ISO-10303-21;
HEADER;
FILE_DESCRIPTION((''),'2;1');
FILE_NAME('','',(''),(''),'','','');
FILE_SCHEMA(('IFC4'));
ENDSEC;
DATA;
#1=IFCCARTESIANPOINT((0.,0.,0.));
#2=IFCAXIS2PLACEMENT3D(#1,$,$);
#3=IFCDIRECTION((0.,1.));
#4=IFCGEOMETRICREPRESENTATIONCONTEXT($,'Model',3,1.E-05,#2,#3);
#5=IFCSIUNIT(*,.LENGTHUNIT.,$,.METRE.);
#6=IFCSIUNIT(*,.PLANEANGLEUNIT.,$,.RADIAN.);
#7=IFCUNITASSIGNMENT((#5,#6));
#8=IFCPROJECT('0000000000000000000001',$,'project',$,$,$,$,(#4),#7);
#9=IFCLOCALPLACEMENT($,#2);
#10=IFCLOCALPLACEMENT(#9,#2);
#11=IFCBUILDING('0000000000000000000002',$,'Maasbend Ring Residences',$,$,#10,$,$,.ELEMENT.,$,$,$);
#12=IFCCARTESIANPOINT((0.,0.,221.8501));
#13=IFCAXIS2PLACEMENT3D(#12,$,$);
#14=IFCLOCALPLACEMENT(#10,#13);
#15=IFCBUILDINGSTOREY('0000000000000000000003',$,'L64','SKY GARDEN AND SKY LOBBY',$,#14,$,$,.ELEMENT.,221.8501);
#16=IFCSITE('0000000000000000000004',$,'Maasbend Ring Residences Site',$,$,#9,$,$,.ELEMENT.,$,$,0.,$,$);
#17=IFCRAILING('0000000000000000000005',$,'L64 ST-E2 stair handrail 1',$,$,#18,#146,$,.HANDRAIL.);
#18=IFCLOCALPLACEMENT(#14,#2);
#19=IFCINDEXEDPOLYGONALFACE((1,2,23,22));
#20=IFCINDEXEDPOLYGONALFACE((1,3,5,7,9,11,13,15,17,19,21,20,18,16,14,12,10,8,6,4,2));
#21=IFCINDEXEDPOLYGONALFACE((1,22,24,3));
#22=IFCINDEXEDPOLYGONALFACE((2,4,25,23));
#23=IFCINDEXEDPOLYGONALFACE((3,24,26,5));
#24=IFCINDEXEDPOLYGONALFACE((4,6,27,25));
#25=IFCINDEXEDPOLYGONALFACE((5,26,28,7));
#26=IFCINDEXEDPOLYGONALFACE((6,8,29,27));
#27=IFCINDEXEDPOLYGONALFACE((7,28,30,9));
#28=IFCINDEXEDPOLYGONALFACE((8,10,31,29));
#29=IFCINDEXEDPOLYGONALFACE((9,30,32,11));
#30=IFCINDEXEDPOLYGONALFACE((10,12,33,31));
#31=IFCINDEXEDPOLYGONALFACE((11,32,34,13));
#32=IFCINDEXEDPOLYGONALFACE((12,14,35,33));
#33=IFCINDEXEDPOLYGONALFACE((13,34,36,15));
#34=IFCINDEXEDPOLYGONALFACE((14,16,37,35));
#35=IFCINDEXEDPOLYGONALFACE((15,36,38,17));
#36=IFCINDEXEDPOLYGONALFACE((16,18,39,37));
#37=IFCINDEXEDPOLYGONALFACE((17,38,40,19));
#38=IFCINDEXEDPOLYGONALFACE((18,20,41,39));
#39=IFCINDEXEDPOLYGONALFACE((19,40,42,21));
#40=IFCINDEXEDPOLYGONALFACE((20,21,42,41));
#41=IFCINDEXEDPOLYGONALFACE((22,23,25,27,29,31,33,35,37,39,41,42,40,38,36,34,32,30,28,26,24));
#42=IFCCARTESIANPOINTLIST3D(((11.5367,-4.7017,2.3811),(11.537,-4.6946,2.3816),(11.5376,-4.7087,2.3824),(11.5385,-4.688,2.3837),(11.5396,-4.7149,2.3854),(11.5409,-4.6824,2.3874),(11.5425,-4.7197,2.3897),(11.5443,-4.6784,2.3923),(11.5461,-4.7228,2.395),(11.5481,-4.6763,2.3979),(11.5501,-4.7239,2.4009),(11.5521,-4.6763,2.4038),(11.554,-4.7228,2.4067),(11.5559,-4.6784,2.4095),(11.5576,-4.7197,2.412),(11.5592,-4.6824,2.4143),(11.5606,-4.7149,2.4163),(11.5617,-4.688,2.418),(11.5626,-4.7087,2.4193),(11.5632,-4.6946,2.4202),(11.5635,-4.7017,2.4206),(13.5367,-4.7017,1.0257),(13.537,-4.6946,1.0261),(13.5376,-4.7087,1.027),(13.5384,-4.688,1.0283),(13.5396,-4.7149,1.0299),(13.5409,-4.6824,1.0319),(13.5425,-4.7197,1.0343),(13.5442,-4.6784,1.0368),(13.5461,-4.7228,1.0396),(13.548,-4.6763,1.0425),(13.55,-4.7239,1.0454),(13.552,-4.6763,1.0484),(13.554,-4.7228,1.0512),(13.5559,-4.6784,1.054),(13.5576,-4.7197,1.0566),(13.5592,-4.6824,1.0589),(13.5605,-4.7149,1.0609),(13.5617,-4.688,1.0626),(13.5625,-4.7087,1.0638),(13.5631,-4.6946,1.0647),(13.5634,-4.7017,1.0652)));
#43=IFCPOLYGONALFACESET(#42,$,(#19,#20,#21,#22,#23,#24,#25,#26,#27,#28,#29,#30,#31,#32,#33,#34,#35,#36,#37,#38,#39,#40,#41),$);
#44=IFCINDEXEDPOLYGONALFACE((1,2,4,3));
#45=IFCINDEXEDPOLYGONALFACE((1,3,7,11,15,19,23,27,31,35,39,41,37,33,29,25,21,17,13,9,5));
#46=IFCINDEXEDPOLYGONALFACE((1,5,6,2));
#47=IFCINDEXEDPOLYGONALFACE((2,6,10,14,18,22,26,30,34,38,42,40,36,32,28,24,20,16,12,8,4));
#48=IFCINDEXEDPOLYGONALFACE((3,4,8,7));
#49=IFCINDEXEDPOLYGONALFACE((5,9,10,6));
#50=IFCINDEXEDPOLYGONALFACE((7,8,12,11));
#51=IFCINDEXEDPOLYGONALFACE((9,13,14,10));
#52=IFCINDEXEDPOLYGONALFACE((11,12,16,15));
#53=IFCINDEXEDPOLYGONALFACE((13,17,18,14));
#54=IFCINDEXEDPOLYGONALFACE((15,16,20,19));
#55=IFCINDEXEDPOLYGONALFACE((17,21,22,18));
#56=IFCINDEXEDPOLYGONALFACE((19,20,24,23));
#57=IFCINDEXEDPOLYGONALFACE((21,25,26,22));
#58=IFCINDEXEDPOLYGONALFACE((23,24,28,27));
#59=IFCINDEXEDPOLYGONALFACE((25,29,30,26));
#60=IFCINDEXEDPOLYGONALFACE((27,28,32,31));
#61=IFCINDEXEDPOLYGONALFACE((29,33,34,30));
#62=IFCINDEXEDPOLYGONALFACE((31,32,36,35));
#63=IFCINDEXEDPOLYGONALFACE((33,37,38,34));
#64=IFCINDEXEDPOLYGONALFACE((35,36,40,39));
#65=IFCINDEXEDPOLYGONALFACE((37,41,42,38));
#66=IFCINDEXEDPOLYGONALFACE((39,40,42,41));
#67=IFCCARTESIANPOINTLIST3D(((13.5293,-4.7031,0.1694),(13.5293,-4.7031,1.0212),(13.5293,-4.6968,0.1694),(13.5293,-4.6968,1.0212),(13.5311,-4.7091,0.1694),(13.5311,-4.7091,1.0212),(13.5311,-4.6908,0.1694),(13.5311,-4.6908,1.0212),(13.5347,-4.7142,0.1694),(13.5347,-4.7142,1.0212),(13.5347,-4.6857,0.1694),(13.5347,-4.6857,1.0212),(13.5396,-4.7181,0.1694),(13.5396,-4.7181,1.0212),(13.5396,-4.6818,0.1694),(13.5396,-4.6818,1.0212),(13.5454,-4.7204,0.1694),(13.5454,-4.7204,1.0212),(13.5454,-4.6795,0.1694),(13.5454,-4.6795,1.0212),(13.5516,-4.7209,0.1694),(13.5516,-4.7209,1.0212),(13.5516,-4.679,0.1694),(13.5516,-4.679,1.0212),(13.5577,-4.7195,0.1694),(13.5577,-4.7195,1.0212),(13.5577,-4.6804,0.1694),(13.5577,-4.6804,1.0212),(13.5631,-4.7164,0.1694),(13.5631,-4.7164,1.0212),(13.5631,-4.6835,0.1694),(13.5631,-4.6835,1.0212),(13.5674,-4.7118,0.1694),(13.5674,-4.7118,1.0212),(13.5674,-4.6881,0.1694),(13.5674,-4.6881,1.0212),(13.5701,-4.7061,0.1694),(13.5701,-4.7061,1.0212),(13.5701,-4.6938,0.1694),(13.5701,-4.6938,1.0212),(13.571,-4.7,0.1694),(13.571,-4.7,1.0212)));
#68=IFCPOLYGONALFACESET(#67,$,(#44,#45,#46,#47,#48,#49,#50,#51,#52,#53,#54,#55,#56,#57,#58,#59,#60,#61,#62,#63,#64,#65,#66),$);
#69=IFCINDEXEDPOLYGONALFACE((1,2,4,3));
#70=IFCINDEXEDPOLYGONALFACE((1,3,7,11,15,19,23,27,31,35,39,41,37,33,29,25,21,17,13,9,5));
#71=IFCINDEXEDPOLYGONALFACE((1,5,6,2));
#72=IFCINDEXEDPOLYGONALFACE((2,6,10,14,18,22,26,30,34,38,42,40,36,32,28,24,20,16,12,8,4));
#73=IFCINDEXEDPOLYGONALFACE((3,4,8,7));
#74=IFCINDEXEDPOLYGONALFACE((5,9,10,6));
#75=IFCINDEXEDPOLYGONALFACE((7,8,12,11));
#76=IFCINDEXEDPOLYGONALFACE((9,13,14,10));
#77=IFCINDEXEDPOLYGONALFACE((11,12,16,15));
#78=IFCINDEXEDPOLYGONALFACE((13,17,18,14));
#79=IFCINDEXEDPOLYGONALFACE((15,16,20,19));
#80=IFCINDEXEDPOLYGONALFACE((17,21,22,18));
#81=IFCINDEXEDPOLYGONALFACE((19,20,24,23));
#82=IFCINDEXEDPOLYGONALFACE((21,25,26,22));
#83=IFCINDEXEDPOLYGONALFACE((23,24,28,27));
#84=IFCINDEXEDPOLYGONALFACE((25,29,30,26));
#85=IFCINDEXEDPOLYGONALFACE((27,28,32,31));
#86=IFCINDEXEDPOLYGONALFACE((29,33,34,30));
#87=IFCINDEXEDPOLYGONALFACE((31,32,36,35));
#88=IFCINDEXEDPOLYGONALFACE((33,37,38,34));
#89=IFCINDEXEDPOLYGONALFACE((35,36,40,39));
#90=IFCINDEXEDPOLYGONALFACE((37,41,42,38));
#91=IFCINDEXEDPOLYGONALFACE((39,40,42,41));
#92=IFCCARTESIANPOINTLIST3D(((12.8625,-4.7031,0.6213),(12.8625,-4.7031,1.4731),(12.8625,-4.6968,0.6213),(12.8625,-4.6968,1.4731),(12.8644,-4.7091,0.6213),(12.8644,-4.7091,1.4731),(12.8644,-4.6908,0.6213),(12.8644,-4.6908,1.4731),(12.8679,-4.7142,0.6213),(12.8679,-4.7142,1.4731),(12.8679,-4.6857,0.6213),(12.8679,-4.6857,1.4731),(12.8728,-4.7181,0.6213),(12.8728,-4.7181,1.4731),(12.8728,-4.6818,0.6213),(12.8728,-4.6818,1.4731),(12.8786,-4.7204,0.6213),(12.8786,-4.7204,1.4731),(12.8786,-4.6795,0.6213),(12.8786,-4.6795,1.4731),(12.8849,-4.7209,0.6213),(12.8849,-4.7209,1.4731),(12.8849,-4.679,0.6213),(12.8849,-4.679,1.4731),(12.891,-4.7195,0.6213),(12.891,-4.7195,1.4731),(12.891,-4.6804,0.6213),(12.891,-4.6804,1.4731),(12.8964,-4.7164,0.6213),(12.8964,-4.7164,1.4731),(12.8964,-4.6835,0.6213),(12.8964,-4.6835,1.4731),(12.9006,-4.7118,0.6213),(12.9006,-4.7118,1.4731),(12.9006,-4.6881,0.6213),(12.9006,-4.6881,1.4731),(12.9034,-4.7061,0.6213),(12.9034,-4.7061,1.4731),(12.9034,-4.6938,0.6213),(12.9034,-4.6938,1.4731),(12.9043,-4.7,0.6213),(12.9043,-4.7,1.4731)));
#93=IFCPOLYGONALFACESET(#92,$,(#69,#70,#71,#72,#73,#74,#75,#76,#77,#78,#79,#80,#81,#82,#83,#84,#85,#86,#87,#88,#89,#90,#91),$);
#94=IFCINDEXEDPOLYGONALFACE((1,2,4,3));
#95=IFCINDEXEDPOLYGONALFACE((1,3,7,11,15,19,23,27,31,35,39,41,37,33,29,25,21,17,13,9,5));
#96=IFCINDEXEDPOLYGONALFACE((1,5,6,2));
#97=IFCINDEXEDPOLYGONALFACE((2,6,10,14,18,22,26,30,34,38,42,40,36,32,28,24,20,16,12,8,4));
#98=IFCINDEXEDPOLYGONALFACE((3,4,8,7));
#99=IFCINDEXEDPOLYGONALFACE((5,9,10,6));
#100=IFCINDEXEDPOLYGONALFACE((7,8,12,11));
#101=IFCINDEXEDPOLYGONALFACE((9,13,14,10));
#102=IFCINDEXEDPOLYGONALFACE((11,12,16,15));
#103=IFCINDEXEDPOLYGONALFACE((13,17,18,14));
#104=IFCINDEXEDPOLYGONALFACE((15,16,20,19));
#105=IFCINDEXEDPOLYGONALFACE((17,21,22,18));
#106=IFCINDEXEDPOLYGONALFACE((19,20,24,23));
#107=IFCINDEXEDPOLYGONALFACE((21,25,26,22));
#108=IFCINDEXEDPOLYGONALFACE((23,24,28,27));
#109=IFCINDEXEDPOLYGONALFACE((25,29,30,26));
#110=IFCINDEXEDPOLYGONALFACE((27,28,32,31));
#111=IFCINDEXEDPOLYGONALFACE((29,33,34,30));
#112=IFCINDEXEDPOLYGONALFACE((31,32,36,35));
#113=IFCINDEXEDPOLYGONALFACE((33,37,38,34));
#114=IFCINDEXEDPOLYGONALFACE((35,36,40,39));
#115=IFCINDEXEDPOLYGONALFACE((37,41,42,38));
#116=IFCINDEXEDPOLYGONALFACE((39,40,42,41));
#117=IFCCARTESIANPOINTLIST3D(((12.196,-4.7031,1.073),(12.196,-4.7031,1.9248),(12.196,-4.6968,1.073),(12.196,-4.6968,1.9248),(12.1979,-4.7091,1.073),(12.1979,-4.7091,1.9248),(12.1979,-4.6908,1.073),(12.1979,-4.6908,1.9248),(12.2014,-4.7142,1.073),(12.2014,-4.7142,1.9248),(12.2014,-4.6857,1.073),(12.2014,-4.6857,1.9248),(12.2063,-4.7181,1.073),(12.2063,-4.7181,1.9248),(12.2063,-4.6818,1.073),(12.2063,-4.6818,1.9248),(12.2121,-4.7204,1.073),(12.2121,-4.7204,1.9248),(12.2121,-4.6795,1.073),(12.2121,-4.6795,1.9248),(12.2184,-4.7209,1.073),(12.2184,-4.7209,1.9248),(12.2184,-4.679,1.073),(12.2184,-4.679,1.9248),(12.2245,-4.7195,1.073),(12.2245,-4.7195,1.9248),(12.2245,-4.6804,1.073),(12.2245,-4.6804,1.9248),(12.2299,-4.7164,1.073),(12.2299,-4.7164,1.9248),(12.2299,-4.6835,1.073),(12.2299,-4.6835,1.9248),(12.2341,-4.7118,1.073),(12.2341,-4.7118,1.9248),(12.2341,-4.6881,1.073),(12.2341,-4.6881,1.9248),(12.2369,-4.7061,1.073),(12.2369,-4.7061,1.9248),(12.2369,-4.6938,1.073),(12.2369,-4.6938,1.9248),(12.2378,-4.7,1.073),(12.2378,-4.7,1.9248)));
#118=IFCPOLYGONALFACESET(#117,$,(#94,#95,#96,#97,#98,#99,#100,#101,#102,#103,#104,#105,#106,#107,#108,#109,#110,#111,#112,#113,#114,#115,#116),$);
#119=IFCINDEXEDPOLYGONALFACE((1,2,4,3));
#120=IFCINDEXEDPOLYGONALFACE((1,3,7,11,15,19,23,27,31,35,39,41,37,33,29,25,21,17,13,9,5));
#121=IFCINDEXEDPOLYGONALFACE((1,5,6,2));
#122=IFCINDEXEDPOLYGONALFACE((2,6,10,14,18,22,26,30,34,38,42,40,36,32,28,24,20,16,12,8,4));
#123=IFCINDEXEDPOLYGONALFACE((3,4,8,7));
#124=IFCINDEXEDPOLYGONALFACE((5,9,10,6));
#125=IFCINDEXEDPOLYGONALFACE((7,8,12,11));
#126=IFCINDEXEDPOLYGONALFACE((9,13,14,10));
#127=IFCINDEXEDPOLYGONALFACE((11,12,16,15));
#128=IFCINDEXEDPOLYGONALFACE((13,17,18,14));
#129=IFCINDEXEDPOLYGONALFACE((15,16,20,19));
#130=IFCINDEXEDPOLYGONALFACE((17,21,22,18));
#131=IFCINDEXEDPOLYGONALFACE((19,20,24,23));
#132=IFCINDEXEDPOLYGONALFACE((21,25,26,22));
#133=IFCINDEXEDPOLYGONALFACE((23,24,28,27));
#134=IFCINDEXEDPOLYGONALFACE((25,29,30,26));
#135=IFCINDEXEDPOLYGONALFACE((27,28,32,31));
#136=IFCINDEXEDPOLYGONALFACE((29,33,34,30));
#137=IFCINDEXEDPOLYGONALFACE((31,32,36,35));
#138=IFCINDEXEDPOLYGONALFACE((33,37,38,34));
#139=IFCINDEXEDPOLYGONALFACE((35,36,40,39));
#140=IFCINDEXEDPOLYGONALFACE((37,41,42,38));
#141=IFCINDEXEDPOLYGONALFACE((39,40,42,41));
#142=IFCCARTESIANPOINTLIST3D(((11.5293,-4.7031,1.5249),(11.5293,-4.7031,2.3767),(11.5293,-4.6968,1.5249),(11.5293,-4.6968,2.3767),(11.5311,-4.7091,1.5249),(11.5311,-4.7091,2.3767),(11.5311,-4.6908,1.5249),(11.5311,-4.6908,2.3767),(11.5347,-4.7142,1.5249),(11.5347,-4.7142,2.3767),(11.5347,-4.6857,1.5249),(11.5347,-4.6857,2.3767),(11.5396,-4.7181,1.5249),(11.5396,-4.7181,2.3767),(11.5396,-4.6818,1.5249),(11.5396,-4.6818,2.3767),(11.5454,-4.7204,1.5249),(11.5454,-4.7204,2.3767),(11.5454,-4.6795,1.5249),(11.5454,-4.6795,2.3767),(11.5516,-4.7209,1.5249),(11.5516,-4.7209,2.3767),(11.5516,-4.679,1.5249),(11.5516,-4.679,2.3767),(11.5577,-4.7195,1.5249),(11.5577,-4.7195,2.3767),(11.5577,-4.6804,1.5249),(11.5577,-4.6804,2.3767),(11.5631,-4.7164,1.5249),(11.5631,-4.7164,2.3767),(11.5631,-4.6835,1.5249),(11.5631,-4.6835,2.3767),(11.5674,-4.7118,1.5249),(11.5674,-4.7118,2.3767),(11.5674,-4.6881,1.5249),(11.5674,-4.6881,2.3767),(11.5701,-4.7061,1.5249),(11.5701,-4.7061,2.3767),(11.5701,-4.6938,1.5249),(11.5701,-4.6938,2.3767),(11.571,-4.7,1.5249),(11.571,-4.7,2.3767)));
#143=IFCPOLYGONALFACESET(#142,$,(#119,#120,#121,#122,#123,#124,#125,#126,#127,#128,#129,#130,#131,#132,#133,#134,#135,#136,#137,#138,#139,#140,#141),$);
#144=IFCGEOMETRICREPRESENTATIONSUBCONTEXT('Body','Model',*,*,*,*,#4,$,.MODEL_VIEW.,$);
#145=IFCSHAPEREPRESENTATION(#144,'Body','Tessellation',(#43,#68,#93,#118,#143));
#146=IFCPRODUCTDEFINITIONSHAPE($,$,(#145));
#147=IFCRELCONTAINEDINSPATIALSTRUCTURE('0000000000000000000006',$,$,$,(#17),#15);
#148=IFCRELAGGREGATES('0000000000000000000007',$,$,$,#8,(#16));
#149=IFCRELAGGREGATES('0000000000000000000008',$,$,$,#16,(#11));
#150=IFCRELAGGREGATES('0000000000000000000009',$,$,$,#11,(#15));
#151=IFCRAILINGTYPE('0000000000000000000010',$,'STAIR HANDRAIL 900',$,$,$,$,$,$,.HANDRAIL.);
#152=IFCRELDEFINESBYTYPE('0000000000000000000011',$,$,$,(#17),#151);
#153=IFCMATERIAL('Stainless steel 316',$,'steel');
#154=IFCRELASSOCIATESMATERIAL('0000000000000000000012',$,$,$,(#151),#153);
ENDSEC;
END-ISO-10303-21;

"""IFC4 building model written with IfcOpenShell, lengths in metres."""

from ifc_helpers import new_model, si_unit, direction, frame, origin, origin_2d, place, context, subcontext, project, spatial, circle, extrude, material, type_object, element, save


model = new_model("IFC4")

# Units and contexts
model_context = context("Model", 3, precision=1e-05, world=origin(), true_north=direction((0.0, 1.0)))
body_context = subcontext(model_context, "Body", "Model", "MODEL_VIEW")
ifc_project = project(units=[si_unit("LENGTHUNIT", "METRE"), si_unit("PLANEANGLEUNIT", "RADIAN")], contexts=[model_context])

# Site, building, storey
site_placement = place(None, origin())
site = spatial("IfcSite", under=ifc_project, at=site_placement, Name="Maasbend Ring Residences Site", CompositionType="ELEMENT", RefElevation=0.0)
building_placement = place(site_placement, origin())
building = spatial("IfcBuilding", under=site, at=building_placement, Name="Maasbend Ring Residences", CompositionType="ELEMENT")
storey_placement = place(building_placement, frame((0.0, 0.0, 221.8501)))
storey = spatial("IfcBuildingStorey", under=building, at=storey_placement, Name="L64", Description="SKY GARDEN AND SKY LOBBY", CompositionType="ELEMENT", Elevation=221.8501)

# Railing
ifc_material_1 = material(Name="Stainless steel 316", Category="steel")
railing_type_1 = type_object("IfcRailingType", Name="STAIR HANDRAIL 900", PredefinedType="HANDRAIL", material=ifc_material_1)
railing_1_placement = place(storey_placement, frame((13.55, -4.7, 0.1694)))
element("IfcRailing", 1, at=railing_1_placement, inside=storey, type_object=railing_type_1, Name="L64 ST-E2 stair handrail 1", PredefinedType="HANDRAIL", context=body_context, shape_type="SweptSolid", body=[
    extrude(circle(Radius=0.0239, at=origin_2d()), frame((0.0, 0.0, 0.876), z_axis=(-0.827798, 0.0, 0.561027), x_axis=(0.0, -1.0, 0.0)), (0.0, 0.0, 1.0), 2.416),
    extrude(circle(Radius=0.021, at=origin_2d()), origin(), (0.0, 0.0, 1.0), 0.8518),
    extrude(circle(Radius=0.021, at=origin_2d()), frame((-0.6667, 0.0, 0.4519)), (0.0, 0.0, 1.0), 0.8518),
    extrude(circle(Radius=0.021, at=origin_2d()), frame((-1.3333, 0.0, 0.9036)), (0.0, 0.0, 1.0), 0.8518),
    extrude(circle(Radius=0.021, at=origin_2d()), frame((-2.0, 0.0, 1.3555)), (0.0, 0.0, 1.0), 0.8518),
])

save(model, "model.ifc")
